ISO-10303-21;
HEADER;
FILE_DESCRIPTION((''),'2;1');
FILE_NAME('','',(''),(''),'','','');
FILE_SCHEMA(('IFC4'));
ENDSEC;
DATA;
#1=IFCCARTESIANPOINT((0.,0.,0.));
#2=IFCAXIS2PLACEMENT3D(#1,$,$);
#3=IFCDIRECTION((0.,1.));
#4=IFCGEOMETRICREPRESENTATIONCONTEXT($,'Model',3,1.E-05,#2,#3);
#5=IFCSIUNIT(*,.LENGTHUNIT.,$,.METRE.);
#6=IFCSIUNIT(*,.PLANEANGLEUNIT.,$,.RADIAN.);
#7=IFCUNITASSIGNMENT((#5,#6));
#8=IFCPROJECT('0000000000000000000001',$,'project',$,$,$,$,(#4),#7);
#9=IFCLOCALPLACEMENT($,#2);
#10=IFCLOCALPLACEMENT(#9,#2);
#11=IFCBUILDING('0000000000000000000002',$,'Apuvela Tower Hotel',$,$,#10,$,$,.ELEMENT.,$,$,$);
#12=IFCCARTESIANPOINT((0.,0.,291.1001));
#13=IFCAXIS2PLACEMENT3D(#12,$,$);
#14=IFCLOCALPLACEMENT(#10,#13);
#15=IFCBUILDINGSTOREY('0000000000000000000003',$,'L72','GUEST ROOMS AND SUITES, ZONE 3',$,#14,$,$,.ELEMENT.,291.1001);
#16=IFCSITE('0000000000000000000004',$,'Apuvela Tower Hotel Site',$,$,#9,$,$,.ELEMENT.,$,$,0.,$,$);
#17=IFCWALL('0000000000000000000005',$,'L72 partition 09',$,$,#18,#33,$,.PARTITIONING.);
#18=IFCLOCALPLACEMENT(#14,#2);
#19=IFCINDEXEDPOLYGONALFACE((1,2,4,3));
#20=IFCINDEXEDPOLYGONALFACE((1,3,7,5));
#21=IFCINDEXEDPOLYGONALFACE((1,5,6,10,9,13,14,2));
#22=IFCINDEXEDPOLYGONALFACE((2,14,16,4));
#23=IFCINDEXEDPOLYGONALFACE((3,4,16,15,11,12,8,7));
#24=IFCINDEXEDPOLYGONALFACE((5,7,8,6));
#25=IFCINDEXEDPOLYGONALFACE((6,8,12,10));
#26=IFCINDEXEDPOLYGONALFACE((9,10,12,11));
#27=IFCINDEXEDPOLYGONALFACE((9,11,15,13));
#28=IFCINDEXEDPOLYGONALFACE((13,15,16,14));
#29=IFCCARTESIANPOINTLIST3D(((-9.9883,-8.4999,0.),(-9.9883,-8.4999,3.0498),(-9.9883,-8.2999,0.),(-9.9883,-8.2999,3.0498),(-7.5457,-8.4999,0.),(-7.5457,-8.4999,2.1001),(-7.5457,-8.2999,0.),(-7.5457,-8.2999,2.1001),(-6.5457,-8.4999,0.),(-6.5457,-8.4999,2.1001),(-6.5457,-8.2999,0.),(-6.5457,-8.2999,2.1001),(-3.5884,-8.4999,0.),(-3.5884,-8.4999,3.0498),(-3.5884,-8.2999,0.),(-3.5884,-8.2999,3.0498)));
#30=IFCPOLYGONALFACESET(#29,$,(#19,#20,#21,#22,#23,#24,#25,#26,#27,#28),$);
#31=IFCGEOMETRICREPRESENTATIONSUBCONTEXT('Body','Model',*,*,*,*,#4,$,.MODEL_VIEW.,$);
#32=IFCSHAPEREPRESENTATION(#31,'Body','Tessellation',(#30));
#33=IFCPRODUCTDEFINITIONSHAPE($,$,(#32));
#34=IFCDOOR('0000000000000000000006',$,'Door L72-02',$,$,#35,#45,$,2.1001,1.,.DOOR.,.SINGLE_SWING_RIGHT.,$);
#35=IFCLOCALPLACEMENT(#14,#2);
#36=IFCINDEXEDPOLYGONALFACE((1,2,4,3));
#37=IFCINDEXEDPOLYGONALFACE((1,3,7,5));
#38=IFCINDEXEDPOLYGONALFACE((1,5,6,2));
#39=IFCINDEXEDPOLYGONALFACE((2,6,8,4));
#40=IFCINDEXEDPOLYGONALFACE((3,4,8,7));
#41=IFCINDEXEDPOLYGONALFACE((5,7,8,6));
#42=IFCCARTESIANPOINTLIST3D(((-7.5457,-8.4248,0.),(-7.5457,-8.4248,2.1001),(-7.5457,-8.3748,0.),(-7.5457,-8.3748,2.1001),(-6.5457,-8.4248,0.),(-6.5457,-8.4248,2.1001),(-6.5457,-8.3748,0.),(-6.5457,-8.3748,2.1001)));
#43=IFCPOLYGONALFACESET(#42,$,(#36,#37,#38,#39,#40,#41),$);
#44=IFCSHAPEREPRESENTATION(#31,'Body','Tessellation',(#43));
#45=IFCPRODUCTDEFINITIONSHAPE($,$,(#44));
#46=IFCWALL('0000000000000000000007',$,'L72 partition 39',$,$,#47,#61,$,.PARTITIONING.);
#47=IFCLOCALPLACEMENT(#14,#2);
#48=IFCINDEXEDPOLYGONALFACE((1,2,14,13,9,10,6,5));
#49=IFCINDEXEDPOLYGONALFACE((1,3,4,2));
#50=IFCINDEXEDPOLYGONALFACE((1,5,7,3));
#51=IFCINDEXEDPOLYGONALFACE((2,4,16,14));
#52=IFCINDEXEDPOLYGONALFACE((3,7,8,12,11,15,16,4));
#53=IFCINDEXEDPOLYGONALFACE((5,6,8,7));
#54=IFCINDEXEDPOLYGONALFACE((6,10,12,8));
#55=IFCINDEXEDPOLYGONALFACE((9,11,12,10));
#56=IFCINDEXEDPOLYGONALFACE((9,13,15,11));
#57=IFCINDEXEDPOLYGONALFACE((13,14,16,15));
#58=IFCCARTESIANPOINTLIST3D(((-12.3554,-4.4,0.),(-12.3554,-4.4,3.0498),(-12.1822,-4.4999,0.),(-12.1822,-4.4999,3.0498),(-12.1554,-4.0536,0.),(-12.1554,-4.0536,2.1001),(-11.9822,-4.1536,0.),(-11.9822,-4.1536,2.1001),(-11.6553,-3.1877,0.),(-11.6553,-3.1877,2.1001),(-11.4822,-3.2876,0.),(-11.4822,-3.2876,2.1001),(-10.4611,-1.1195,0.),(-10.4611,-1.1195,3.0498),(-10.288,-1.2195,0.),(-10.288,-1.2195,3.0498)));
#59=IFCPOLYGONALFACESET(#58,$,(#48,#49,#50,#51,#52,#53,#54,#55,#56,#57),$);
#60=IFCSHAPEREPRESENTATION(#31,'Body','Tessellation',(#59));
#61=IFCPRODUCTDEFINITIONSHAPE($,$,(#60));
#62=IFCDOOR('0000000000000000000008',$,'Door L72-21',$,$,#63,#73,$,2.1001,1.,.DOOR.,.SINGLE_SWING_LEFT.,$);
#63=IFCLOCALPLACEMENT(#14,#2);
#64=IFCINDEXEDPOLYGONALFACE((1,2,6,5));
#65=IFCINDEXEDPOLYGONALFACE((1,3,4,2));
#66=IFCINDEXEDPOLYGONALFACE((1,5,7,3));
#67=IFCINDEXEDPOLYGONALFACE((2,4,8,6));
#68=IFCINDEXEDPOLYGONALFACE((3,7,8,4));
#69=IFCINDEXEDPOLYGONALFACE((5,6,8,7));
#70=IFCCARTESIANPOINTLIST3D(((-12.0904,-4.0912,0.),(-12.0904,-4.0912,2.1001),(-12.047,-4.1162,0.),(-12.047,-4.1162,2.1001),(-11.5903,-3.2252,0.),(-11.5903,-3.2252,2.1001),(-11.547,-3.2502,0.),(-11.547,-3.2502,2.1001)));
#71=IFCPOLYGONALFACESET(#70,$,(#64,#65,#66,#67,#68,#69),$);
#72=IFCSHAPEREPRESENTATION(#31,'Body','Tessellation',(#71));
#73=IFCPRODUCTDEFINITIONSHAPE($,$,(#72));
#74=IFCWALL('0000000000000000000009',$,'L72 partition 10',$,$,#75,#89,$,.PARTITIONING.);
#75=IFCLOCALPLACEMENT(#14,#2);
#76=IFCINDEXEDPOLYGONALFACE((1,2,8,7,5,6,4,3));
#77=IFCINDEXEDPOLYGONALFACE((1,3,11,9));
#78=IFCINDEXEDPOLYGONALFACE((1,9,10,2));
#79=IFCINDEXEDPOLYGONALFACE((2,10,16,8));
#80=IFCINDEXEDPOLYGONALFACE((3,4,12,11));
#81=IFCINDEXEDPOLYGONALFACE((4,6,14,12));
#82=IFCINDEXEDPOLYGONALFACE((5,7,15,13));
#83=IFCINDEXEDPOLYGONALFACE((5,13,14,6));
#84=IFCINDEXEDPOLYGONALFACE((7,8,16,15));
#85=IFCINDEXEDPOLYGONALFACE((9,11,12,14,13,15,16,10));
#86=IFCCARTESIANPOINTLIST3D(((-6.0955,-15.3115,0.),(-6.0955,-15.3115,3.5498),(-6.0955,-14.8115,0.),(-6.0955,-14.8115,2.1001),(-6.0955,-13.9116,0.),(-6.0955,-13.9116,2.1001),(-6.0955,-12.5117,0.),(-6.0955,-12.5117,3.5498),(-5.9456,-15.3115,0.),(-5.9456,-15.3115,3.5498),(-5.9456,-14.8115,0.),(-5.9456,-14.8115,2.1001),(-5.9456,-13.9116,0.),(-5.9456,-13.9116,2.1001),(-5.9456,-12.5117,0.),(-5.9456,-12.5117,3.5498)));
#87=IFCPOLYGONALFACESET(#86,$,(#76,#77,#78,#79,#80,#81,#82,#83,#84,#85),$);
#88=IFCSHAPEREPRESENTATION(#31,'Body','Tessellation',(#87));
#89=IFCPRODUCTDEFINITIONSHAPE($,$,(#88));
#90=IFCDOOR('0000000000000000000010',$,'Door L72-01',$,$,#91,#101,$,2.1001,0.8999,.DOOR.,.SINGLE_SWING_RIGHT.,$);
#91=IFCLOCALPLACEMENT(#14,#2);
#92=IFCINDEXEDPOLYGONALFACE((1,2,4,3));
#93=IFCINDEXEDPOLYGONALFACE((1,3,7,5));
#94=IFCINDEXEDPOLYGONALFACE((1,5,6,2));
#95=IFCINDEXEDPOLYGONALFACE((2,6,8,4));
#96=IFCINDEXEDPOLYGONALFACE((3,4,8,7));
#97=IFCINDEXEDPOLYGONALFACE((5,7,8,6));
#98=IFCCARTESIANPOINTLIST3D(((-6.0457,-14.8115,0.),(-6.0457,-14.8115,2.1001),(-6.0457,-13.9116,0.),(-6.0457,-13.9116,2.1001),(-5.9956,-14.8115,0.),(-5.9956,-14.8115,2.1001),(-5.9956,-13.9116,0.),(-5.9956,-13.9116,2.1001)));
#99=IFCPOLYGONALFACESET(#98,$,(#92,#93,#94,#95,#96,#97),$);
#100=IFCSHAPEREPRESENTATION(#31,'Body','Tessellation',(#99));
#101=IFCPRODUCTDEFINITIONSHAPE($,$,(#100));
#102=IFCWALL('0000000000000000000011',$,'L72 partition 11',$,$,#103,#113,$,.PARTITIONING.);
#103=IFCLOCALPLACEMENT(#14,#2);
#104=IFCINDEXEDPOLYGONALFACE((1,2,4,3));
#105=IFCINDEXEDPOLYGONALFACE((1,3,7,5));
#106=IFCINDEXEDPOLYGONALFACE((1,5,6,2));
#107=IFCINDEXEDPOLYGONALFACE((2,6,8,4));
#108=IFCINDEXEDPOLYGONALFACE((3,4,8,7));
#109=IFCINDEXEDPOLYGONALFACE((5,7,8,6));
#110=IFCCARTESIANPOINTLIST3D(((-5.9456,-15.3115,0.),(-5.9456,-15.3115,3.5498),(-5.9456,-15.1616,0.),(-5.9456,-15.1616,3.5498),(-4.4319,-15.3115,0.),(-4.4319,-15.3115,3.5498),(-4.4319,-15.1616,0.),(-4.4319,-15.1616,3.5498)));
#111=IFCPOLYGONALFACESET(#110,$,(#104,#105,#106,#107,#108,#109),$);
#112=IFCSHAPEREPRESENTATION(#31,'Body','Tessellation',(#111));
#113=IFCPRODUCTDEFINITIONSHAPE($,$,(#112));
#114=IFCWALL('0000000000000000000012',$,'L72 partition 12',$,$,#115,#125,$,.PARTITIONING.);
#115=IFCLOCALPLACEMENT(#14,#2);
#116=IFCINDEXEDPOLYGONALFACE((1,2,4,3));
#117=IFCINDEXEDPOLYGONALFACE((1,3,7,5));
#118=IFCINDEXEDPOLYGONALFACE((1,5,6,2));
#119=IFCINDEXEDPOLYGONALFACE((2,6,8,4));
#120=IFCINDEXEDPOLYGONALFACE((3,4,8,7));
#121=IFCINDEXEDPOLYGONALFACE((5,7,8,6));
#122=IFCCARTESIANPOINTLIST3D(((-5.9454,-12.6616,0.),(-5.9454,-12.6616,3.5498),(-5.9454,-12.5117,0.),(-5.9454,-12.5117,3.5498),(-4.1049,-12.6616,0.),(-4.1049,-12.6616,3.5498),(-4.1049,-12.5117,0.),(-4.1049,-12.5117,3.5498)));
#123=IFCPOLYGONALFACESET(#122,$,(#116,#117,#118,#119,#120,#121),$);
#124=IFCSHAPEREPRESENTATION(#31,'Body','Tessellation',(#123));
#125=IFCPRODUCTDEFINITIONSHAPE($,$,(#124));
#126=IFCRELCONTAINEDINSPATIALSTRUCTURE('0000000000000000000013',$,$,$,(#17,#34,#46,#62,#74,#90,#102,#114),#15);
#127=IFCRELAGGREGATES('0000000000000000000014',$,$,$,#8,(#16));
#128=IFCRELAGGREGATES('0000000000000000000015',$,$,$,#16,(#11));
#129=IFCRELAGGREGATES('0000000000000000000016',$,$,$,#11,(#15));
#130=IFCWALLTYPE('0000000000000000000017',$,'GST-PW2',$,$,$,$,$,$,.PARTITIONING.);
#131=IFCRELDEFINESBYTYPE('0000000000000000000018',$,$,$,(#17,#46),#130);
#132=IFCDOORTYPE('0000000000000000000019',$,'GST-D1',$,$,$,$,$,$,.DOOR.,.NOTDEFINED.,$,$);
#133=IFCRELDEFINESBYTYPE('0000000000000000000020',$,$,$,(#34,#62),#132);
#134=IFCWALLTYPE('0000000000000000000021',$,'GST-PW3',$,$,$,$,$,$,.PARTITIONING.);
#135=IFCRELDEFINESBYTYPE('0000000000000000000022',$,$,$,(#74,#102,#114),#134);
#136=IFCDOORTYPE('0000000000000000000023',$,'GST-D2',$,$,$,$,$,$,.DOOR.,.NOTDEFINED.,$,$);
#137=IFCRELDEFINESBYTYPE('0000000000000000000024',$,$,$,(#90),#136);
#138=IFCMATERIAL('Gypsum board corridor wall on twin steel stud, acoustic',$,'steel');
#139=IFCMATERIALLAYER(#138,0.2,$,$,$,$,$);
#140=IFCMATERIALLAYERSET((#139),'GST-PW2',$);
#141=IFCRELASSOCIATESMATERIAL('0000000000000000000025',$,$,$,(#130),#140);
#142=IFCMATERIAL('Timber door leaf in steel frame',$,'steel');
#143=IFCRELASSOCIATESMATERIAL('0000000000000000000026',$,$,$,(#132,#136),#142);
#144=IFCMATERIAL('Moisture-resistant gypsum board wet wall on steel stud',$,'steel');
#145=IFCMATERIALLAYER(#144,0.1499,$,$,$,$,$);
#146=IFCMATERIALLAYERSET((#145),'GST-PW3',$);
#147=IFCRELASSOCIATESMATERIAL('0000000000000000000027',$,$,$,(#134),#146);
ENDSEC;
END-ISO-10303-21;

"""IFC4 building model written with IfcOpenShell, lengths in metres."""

from ifc_helpers import new_model, si_unit, direction, frame, frame_2d, origin, place, context, subcontext, project, spatial, rectangle, extrude, material, layer, layer_set, type_object, element, fill, save


model = new_model("IFC4")

# Units and contexts
model_context = context("Model", 3, precision=1e-05, world=origin(), true_north=direction((0.0, 1.0)))
body_context = subcontext(model_context, "Body", "Model", "MODEL_VIEW")
ifc_project = project(units=[si_unit("LENGTHUNIT", "METRE"), si_unit("PLANEANGLEUNIT", "RADIAN")], contexts=[model_context])

# Site, building, storey
site_placement = place(None, origin())
site = spatial("IfcSite", under=ifc_project, at=site_placement, Name="Apuvela Tower Hotel Site", CompositionType="ELEMENT", RefElevation=0.0)
building_placement = place(site_placement, origin())
building = spatial("IfcBuilding", under=site, at=building_placement, Name="Apuvela Tower Hotel", CompositionType="ELEMENT")
storey_placement = place(building_placement, frame((0.0, 0.0, 291.1001)))
storey = spatial("IfcBuildingStorey", under=building, at=storey_placement, Name="L72", Description="GUEST ROOMS AND SUITES, ZONE 3", CompositionType="ELEMENT", Elevation=291.1001)

# Walls, openings, doors
ifc_material_1 = material(Name="Gypsum board corridor wall on twin steel stud, acoustic", Category="steel")
ifc_layer_1 = layer(ifc_material_1, 0.2)
ifc_layer_set_1 = layer_set([ifc_layer_1], Name="GST-PW2")
wall_type_1 = type_object("IfcWallType", Name="GST-PW2", PredefinedType="PARTITIONING", material=ifc_layer_set_1)
wall_1_placement = place(storey_placement, frame((-3.5884, -8.3999, 0.0), z_axis=(0.0, 0.0, 1.0), x_axis=(-1.0, 0.0, 0.0)))
wall_1 = element("IfcWall", 1, at=wall_1_placement, inside=storey, type_object=wall_type_1, Name="L72 partition 09", PredefinedType="PARTITIONING", context=body_context, shape_type="SweptSolid", body=[
    extrude(rectangle(XDim=6.3999, YDim=0.2, at=frame_2d((3.2, 0.0))), origin(), (0.0, 0.0, 1.0), 3.0498),
])
opening_1_placement = place(wall_1_placement, frame((2.9573, 0.0, 0.0)))
opening_1 = element("IfcOpeningElement", 2, at=opening_1_placement, cuts=wall_1, PredefinedType="OPENING", context=body_context, shape_type="SweptSolid", body=[
    extrude(rectangle(XDim=1.0, YDim=2.1001, at=frame_2d((0.5, 1.05))), frame((0.0, 0.1099, 0.0), z_axis=(0.0, -1.0, 0.0), x_axis=(1.0, 0.0, 0.0)), (0.0, 0.0, 1.0), 0.22),
])
ifc_material_2 = material(Name="Timber door leaf in steel frame", Category="steel")
door_type_1 = type_object("IfcDoorType", Name="GST-D1", OperationType="NOTDEFINED", PredefinedType="DOOR", material=ifc_material_2)
door_1_placement = place(opening_1_placement, origin())
door_1 = element("IfcDoor", 3, at=door_1_placement, inside=storey, type_object=door_type_1, Name="Door L72-02", OperationType="SINGLE_SWING_RIGHT", OverallHeight=2.1001, OverallWidth=1.0, PredefinedType="DOOR", context=body_context, shape_type="SweptSolid", body=[
    extrude(rectangle(XDim=1.0, YDim=2.1001, at=frame_2d((0.5, 1.05))), frame((0.0, 0.0249, 0.0), z_axis=(0.0, -1.0, 0.0), x_axis=(1.0, 0.0, 0.0)), (0.0, 0.0, 1.0), 0.05),
])
fill(opening_1, door_1)
wall_2_placement = place(storey_placement, frame((-12.2688, -4.45, 0.0), z_axis=(0.0, 0.0, 1.0), x_axis=(0.500055, 0.865993, 0.0)))
wall_2 = element("IfcWall", 4, at=wall_2_placement, inside=storey, type_object=wall_type_1, Name="L72 partition 39", PredefinedType="PARTITIONING", context=body_context, shape_type="SweptSolid", body=[
    extrude(rectangle(XDim=3.7881, YDim=0.2, at=frame_2d((1.894, 0.0))), origin(), (0.0, 0.0, 1.0), 3.0498),
])
opening_2_placement = place(wall_2_placement, frame((0.3999, 0.0, 0.0)))
opening_2 = element("IfcOpeningElement", 5, at=opening_2_placement, cuts=wall_2, PredefinedType="OPENING", context=body_context, shape_type="SweptSolid", body=[
    extrude(rectangle(XDim=1.0, YDim=2.1001, at=frame_2d((0.5, 1.05))), frame((0.0, 0.1099, 0.0), z_axis=(0.0, -1.0, 0.0), x_axis=(1.0, 0.0, 0.0)), (0.0, 0.0, 1.0), 0.22),
])
door_2_placement = place(opening_2_placement, origin())
door_2 = element("IfcDoor", 6, at=door_2_placement, inside=storey, type_object=door_type_1, Name="Door L72-21", OperationType="SINGLE_SWING_LEFT", OverallHeight=2.1001, OverallWidth=1.0, PredefinedType="DOOR", context=body_context, shape_type="SweptSolid", body=[
    extrude(rectangle(XDim=1.0, YDim=2.1001, at=frame_2d((0.5, 1.05))), frame((0.0, 0.0249, 0.0), z_axis=(0.0, -1.0, 0.0), x_axis=(1.0, 0.0, 0.0)), (0.0, 0.0, 1.0), 0.05),
])
fill(opening_2, door_2)
ifc_material_3 = material(Name="Moisture-resistant gypsum board wet wall on steel stud", Category="steel")
ifc_layer_2 = layer(ifc_material_3, 0.1499)
ifc_layer_set_2 = layer_set([ifc_layer_2], Name="GST-PW3")
wall_type_2 = type_object("IfcWallType", Name="GST-PW3", PredefinedType="PARTITIONING", material=ifc_layer_set_2)
wall_3_placement = place(storey_placement, frame((-6.0205, -12.5117, 0.0), z_axis=(0.0, 0.0, 1.0), x_axis=(0.0, -1.0, 0.0)))
wall_3 = element("IfcWall", 7, at=wall_3_placement, inside=storey, type_object=wall_type_2, Name="L72 partition 10", PredefinedType="PARTITIONING", context=body_context, shape_type="SweptSolid", body=[
    extrude(rectangle(XDim=2.7998, YDim=0.1499, at=frame_2d((1.3999, 0.0))), origin(), (0.0, 0.0, 1.0), 3.5498),
])
opening_3_placement = place(wall_3_placement, frame((1.3999, 0.0, 0.0)))
opening_3 = element("IfcOpeningElement", 8, at=opening_3_placement, cuts=wall_3, PredefinedType="OPENING", context=body_context, shape_type="SweptSolid", body=[
    extrude(rectangle(XDim=0.8999, YDim=2.1001, at=frame_2d((0.45, 1.05))), frame((0.0, 0.085, 0.0), z_axis=(0.0, -1.0, 0.0), x_axis=(1.0, 0.0, 0.0)), (0.0, 0.0, 1.0), 0.1699),
])
door_type_2 = type_object("IfcDoorType", Name="GST-D2", OperationType="NOTDEFINED", PredefinedType="DOOR", material=ifc_material_2)
door_3_placement = place(opening_3_placement, origin())
door_3 = element("IfcDoor", 9, at=door_3_placement, inside=storey, type_object=door_type_2, Name="Door L72-01", OperationType="SINGLE_SWING_RIGHT", OverallHeight=2.1001, OverallWidth=0.8999, PredefinedType="DOOR", context=body_context, shape_type="SweptSolid", body=[
    extrude(rectangle(XDim=0.8999, YDim=2.1001, at=frame_2d((0.45, 1.05))), frame((0.0, 0.0249, 0.0), z_axis=(0.0, -1.0, 0.0), x_axis=(1.0, 0.0, 0.0)), (0.0, 0.0, 1.0), 0.05),
])
fill(opening_3, door_3)

# Walls
wall_4_placement = place(storey_placement, frame((-5.9456, -15.2366, 0.0), z_axis=(0.0, 0.0, 1.0), x_axis=(1.0, 0.0, 0.0)))
element("IfcWall", 10, at=wall_4_placement, inside=storey, type_object=wall_type_2, Name="L72 partition 11", PredefinedType="PARTITIONING", context=body_context, shape_type="SweptSolid", body=[
    extrude(rectangle(XDim=1.5137, YDim=0.1499, at=frame_2d((0.7568, 0.0))), origin(), (0.0, 0.0, 1.0), 3.5498),
])
wall_5_placement = place(storey_placement, frame((-5.9456, -12.5867, 0.0), z_axis=(0.0, 0.0, 1.0), x_axis=(1.0, 0.0, 0.0)))
element("IfcWall", 11, at=wall_5_placement, inside=storey, type_object=wall_type_2, Name="L72 partition 12", PredefinedType="PARTITIONING", context=body_context, shape_type="SweptSolid", body=[
    extrude(rectangle(XDim=1.8406, YDim=0.1499, at=frame_2d((0.9204, 0.0))), origin(), (0.0, 0.0, 1.0), 3.5498),
])

save(model, "model.ifc")
